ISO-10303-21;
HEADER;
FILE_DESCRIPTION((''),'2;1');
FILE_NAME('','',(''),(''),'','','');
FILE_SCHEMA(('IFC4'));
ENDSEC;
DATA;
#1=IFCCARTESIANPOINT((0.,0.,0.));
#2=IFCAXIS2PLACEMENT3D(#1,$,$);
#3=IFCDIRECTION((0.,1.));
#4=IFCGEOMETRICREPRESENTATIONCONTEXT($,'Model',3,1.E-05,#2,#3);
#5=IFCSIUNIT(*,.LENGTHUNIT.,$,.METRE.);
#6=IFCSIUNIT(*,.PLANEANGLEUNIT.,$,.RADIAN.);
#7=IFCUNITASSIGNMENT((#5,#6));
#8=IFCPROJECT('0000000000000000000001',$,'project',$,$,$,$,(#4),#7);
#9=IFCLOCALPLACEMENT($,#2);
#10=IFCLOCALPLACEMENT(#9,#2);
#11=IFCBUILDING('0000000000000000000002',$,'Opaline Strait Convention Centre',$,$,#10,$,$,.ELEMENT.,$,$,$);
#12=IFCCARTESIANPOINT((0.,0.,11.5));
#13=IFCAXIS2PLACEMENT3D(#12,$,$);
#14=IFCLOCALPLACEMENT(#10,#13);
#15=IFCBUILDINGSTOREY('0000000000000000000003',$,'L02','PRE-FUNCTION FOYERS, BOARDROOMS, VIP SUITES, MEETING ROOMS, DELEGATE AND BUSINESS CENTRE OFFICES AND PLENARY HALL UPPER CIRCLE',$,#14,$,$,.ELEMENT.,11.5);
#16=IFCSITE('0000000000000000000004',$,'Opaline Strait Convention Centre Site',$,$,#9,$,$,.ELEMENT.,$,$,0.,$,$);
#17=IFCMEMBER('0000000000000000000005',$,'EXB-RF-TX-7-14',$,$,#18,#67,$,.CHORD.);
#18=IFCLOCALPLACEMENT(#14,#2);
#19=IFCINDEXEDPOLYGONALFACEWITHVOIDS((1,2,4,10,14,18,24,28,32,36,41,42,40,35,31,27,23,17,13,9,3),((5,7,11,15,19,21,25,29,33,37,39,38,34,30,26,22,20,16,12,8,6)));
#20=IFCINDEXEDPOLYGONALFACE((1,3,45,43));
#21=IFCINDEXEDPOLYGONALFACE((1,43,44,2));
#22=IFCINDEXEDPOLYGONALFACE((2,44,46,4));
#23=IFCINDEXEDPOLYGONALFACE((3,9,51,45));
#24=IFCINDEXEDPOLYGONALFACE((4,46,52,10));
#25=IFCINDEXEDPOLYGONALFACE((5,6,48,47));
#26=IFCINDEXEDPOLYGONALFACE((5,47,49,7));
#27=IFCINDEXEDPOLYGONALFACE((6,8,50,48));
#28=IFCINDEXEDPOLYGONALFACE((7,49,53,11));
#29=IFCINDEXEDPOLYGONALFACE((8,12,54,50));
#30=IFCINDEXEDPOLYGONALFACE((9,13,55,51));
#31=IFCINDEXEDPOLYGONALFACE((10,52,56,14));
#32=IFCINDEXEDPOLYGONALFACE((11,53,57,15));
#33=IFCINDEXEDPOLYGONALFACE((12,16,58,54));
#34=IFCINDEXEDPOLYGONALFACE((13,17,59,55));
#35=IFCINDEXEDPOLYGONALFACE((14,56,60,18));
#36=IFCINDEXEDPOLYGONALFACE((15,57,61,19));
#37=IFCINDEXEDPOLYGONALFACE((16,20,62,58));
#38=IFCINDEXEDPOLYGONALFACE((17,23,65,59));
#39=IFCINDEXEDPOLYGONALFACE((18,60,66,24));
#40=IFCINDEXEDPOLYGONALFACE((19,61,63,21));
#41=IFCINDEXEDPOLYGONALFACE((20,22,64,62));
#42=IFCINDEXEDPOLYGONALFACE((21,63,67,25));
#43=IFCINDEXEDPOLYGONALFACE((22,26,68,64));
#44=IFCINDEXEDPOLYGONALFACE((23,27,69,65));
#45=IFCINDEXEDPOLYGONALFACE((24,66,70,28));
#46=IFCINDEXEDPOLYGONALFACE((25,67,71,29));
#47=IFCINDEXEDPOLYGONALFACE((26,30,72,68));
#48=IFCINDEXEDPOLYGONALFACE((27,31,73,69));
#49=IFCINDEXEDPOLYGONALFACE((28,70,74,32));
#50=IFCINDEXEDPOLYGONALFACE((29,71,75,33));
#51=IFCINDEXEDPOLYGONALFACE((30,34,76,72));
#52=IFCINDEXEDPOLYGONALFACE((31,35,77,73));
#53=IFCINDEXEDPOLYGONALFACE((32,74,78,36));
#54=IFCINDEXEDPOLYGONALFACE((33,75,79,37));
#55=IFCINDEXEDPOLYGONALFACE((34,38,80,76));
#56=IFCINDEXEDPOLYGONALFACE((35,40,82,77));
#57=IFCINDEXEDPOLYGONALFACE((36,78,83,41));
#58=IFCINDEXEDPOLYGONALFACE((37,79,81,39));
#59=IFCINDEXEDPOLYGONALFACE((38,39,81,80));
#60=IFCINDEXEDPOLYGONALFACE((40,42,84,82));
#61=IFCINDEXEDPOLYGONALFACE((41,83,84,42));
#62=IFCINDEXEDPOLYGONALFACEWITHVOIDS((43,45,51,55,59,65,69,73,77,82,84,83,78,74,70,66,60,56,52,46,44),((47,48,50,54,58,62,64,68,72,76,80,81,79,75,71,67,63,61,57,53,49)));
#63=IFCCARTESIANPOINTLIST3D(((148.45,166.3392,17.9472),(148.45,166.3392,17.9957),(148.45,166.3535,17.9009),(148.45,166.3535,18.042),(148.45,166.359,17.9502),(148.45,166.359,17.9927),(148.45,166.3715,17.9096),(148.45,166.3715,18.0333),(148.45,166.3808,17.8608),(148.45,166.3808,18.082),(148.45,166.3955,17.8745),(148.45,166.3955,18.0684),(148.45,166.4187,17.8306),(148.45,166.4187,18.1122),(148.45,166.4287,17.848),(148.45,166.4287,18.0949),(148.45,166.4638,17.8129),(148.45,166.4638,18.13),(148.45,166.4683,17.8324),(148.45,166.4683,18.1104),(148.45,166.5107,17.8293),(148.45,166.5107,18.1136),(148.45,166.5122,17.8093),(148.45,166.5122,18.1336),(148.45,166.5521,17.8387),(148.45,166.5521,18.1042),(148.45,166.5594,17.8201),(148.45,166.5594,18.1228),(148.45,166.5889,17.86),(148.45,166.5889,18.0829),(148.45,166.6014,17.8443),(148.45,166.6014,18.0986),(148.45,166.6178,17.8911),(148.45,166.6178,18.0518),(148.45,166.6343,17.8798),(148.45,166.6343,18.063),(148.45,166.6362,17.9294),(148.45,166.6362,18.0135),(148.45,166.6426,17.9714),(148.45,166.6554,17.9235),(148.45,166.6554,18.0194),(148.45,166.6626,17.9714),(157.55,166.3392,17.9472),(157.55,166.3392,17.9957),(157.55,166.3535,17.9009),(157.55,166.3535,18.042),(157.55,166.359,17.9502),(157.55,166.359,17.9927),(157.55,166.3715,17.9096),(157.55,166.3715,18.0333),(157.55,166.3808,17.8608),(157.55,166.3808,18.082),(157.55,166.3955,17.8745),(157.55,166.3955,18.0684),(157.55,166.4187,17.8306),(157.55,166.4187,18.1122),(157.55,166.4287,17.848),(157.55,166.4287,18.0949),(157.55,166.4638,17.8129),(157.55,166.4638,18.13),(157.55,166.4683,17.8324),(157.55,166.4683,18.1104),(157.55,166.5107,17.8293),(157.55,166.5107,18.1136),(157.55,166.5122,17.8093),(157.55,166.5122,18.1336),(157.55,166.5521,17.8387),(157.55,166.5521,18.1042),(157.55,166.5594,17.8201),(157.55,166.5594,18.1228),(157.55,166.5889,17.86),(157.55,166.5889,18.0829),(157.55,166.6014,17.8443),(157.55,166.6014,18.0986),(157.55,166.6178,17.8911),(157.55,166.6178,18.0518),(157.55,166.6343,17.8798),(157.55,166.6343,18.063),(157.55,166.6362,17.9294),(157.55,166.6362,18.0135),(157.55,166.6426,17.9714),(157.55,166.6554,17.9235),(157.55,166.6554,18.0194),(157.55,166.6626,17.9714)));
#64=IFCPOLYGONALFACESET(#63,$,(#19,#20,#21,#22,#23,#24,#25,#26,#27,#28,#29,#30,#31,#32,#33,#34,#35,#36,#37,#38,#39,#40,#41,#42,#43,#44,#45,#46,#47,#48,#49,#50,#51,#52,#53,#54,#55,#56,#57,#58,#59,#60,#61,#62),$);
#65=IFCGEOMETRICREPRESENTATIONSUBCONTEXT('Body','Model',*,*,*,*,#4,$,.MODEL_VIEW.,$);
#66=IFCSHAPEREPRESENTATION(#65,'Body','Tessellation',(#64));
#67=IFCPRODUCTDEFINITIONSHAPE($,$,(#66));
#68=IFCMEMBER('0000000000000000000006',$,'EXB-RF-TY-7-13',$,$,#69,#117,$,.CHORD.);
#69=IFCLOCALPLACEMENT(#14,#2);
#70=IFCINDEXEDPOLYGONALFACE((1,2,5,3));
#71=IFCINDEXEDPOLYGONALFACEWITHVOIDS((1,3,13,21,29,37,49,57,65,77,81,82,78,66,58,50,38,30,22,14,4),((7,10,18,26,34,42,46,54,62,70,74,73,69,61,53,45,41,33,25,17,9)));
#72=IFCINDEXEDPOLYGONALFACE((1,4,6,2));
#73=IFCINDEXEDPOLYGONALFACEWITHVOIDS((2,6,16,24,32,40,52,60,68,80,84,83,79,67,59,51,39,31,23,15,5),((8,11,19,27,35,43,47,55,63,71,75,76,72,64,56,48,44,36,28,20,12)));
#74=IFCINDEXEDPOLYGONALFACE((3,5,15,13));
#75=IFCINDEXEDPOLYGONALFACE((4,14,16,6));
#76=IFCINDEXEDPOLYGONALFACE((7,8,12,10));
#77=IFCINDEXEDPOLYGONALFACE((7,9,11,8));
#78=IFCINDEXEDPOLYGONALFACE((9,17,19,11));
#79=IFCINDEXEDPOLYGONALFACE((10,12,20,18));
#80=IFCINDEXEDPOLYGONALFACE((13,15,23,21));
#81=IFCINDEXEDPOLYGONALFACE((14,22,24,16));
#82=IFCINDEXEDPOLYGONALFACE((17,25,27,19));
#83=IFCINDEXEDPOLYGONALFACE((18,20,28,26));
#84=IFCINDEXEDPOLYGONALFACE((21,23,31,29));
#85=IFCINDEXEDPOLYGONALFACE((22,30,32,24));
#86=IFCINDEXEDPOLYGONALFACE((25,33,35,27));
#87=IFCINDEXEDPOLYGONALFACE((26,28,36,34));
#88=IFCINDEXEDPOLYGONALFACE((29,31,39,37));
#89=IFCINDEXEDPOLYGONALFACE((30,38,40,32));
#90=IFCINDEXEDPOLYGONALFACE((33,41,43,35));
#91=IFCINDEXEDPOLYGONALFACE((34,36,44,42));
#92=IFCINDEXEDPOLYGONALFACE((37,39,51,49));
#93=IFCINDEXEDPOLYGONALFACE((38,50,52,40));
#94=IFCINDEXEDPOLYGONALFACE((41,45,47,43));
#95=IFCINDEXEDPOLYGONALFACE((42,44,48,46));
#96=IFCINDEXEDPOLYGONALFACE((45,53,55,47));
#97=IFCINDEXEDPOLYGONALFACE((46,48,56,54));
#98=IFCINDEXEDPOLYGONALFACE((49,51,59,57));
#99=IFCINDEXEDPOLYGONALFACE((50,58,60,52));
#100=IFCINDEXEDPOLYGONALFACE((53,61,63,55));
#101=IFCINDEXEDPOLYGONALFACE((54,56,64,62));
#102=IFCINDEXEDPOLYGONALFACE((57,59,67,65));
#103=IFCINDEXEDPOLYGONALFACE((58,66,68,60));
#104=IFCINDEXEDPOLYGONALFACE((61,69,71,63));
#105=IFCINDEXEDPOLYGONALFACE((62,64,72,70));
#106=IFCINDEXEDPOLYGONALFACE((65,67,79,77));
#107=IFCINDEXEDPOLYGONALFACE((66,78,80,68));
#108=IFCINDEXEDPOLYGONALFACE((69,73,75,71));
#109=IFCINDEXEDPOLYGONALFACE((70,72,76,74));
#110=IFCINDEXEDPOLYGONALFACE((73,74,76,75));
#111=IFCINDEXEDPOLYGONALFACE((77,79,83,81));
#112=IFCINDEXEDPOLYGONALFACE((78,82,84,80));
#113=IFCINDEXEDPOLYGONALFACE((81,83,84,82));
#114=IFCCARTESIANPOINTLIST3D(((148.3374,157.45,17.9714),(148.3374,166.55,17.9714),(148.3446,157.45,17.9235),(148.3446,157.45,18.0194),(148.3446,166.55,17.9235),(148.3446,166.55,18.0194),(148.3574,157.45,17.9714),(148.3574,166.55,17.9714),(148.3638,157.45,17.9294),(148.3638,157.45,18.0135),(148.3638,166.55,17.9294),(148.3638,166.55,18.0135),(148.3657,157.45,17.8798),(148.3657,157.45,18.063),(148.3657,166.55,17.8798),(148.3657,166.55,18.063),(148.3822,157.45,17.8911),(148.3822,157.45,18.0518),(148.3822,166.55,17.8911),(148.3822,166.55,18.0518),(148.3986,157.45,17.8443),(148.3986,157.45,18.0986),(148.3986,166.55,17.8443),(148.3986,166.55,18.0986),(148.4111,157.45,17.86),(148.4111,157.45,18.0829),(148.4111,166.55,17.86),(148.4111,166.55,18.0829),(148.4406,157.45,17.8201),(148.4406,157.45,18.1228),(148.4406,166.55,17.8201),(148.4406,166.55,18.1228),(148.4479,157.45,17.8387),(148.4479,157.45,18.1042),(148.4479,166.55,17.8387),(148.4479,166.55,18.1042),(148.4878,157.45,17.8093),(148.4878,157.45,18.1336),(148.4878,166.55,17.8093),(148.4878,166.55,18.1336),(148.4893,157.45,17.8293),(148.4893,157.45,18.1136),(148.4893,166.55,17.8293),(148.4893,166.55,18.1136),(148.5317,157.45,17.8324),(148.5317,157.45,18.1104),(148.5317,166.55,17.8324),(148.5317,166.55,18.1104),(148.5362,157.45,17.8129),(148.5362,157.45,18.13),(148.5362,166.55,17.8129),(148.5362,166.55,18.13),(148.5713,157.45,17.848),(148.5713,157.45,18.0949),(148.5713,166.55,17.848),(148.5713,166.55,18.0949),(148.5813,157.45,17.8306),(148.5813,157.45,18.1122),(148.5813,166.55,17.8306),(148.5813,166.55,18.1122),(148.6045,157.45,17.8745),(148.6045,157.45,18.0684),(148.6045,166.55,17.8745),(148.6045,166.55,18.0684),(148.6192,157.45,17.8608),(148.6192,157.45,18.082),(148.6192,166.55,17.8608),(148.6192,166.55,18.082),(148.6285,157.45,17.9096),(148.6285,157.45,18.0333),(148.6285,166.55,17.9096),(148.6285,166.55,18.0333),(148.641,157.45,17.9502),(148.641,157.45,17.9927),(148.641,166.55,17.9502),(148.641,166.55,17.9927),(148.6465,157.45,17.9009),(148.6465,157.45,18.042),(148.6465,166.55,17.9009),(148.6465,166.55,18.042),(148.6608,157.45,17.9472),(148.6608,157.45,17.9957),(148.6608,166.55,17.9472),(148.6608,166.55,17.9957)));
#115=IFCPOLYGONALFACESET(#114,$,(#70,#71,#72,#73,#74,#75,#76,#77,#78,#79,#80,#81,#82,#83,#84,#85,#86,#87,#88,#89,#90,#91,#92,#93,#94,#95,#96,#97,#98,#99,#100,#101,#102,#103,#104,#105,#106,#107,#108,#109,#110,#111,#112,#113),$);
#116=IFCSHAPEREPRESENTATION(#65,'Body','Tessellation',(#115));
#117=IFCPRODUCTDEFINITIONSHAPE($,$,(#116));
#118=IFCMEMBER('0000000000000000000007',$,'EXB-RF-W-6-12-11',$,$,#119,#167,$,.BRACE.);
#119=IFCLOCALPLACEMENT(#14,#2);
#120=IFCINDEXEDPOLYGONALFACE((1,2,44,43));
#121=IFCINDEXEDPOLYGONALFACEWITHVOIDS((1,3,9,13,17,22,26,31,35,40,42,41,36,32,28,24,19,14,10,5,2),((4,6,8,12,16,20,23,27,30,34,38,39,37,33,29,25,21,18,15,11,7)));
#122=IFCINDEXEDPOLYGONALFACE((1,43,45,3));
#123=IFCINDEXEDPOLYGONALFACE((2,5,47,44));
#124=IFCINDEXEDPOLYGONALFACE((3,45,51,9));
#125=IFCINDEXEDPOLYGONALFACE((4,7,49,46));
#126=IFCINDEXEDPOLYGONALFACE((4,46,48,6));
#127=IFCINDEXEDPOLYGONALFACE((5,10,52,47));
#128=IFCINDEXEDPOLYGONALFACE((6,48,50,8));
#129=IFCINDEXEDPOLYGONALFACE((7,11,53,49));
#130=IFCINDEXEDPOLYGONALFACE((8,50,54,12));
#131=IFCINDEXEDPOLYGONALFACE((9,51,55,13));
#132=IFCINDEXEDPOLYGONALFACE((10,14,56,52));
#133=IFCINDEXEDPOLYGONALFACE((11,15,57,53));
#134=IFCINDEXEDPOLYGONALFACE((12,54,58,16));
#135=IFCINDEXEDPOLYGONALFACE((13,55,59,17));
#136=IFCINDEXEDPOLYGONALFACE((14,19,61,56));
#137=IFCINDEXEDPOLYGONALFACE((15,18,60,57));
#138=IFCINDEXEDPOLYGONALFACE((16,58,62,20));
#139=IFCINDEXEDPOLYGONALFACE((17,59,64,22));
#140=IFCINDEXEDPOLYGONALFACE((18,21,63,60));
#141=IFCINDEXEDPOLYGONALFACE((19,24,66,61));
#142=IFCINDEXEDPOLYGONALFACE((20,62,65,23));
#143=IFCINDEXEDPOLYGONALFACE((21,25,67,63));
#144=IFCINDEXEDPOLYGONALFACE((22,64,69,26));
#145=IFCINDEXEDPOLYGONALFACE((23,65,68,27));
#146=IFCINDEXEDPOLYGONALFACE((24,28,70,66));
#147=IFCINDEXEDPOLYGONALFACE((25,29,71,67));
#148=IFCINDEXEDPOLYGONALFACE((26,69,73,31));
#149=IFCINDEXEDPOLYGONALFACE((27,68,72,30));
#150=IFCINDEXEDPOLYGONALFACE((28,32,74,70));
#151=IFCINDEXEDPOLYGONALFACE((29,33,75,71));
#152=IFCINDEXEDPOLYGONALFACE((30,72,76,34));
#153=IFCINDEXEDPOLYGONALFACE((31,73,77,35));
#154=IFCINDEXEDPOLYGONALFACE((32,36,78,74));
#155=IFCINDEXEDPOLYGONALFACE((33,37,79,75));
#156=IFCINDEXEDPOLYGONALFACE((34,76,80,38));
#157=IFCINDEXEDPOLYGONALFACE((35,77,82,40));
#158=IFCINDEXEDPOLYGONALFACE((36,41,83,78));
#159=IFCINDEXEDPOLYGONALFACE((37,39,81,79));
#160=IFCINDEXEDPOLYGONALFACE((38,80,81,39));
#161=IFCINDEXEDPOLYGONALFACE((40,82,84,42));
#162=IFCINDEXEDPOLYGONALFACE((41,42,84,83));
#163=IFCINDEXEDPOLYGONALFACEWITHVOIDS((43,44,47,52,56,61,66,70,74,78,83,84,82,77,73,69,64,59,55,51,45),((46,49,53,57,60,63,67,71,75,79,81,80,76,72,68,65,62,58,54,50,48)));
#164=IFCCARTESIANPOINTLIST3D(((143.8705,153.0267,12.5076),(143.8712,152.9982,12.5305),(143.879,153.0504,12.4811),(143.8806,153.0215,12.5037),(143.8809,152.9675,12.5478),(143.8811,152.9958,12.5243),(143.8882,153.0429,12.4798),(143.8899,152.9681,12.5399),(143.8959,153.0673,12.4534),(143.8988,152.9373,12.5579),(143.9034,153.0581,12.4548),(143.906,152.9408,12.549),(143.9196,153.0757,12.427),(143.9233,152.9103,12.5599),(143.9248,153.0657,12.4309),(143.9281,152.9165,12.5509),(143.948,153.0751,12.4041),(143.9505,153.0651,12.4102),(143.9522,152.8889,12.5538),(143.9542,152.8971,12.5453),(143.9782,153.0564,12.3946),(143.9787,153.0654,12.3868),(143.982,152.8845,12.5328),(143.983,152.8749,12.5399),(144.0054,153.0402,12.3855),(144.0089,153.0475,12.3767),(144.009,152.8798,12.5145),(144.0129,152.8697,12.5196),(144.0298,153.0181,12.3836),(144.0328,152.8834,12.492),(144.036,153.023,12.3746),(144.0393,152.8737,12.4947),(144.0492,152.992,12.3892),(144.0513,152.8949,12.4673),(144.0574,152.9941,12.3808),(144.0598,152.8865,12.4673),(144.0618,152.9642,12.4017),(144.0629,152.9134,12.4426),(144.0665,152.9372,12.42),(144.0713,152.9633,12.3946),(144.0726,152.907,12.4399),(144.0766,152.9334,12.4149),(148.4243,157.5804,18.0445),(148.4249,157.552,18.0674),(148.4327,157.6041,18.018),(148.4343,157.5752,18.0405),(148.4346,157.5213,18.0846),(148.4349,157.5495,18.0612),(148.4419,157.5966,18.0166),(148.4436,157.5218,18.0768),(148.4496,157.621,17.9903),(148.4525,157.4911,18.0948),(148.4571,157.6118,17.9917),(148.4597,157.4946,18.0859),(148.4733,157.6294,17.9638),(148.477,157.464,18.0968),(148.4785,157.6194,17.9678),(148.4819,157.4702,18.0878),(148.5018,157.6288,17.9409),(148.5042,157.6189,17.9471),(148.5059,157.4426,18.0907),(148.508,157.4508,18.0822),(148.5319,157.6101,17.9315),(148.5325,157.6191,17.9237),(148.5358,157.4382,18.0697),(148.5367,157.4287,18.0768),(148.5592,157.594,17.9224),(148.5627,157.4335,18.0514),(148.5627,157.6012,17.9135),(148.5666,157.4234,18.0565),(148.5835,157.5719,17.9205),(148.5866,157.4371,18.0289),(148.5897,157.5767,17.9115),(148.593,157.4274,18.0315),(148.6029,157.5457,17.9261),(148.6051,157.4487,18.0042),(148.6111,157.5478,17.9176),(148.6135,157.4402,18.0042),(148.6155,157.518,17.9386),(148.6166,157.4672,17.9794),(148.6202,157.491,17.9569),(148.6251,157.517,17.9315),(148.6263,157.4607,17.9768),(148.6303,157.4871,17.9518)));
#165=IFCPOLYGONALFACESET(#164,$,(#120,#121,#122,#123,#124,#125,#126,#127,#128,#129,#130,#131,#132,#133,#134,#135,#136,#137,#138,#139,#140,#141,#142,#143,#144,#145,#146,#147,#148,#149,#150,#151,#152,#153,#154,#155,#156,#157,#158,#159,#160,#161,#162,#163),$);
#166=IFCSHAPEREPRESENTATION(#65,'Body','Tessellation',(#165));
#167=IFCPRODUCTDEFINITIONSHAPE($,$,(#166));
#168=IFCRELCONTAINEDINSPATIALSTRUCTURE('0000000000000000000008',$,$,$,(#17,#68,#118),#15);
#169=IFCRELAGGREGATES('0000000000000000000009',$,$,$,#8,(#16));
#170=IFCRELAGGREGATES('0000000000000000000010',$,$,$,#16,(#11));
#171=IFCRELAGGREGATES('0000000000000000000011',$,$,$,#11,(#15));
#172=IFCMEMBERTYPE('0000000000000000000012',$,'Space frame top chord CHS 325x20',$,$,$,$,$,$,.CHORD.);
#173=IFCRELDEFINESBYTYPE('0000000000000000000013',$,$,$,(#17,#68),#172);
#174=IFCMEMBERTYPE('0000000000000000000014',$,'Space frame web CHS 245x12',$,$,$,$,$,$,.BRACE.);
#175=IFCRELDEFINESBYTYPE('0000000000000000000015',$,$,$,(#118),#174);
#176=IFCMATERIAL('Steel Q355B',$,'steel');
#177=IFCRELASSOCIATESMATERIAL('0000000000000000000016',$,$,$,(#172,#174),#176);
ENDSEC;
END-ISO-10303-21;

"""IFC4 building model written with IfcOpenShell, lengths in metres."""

from ifc_helpers import new_model, si_unit, direction, frame, origin, origin_2d, place, context, subcontext, project, spatial, hollow_circle, extrude, material, material_profile, profile_set, type_object, element, save


model = new_model("IFC4")

# Units and contexts
model_context = context("Model", 3, precision=1e-05, world=origin(), true_north=direction((0.0, 1.0)))
body_context = subcontext(model_context, "Body", "Model", "MODEL_VIEW")
ifc_project = project(units=[si_unit("LENGTHUNIT", "METRE"), si_unit("PLANEANGLEUNIT", "RADIAN")], contexts=[model_context])

# Site, building, storey
site_placement = place(None, origin())
site = spatial("IfcSite", under=ifc_project, at=site_placement, Name="Opaline Strait Convention Centre Site", CompositionType="ELEMENT", RefElevation=0.0)
building_placement = place(site_placement, origin())
building = spatial("IfcBuilding", under=site, at=building_placement, Name="Opaline Strait Convention Centre", CompositionType="ELEMENT")
storey_placement = place(building_placement, frame((0.0, 0.0, 11.5)))
storey = spatial("IfcBuildingStorey", under=building, at=storey_placement, Name="L02", Description="PRE-FUNCTION FOYERS, BOARDROOMS, VIP SUITES, MEETING ROOMS, DELEGATE AND BUSINESS CENTRE OFFICES AND PLENARY HALL UPPER CIRCLE", CompositionType="ELEMENT", Elevation=11.5)

# Members
ifc_material_1 = material(Name="Steel Q355B", Category="steel")
ifc_material_profile_1 = material_profile(ifc_material_1, hollow_circle(Radius=0.1626, WallThickness=0.02, at=origin_2d()), Name="CHS 325x20")
ifc_profile_set_1 = profile_set([ifc_material_profile_1], Name="Steel Q355B")
member_type_1 = type_object("IfcMemberType", Name="Space frame top chord CHS 325x20", PredefinedType="CHORD", material=ifc_profile_set_1)
for number, where, z_axis, x_axis, name in (
    (1, (148.45, 166.5, 17.9714), (1.0, 0.0, 0.0), (0.0, 1.0, 0.0), "EXB-RF-TX-7-14"),
    (2, (148.5, 157.45, 17.9714), (0.0, 1.0, 0.0), (-1.0, 0.0, 0.0), "EXB-RF-TY-7-13"),
):
    element("IfcMember", number, at=place(storey_placement, frame(where, z_axis=z_axis, x_axis=x_axis)), inside=storey, type_object=member_type_1, Name=name, PredefinedType="CHORD", context=body_context, shape_type="SweptSolid", body=[
        extrude(hollow_circle(Radius=0.1626, WallThickness=0.02, at=origin_2d()), origin(), (0.0, 0.0, 1.0), 9.1001),
    ])
ifc_material_profile_2 = material_profile(ifc_material_1, hollow_circle(Radius=0.1226, WallThickness=0.012, at=origin_2d()), Name="CHS 245x12")
ifc_profile_set_2 = profile_set([ifc_material_profile_2], Name="Steel Q355B")
member_type_2 = type_object("IfcMemberType", Name="Space frame web CHS 245x12", PredefinedType="BRACE", material=ifc_profile_set_2)
member_1_placement = place(storey_placement, frame((148.5269, 157.5269, 18.0042), z_axis=(-0.536178, -0.536178, -0.65194), x_axis=(0.707107, -0.707107, 0.0)))
element("IfcMember", 3, at=member_1_placement, inside=storey, type_object=member_type_2, Name="EXB-RF-W-6-12-11", PredefinedType="BRACE", context=body_context, shape_type="SweptSolid", body=[
    extrude(hollow_circle(Radius=0.1226, WallThickness=0.012, at=origin_2d()), origin(), (0.0, 0.0, 1.0), 8.4929),
])

save(model, "model.ifc")
